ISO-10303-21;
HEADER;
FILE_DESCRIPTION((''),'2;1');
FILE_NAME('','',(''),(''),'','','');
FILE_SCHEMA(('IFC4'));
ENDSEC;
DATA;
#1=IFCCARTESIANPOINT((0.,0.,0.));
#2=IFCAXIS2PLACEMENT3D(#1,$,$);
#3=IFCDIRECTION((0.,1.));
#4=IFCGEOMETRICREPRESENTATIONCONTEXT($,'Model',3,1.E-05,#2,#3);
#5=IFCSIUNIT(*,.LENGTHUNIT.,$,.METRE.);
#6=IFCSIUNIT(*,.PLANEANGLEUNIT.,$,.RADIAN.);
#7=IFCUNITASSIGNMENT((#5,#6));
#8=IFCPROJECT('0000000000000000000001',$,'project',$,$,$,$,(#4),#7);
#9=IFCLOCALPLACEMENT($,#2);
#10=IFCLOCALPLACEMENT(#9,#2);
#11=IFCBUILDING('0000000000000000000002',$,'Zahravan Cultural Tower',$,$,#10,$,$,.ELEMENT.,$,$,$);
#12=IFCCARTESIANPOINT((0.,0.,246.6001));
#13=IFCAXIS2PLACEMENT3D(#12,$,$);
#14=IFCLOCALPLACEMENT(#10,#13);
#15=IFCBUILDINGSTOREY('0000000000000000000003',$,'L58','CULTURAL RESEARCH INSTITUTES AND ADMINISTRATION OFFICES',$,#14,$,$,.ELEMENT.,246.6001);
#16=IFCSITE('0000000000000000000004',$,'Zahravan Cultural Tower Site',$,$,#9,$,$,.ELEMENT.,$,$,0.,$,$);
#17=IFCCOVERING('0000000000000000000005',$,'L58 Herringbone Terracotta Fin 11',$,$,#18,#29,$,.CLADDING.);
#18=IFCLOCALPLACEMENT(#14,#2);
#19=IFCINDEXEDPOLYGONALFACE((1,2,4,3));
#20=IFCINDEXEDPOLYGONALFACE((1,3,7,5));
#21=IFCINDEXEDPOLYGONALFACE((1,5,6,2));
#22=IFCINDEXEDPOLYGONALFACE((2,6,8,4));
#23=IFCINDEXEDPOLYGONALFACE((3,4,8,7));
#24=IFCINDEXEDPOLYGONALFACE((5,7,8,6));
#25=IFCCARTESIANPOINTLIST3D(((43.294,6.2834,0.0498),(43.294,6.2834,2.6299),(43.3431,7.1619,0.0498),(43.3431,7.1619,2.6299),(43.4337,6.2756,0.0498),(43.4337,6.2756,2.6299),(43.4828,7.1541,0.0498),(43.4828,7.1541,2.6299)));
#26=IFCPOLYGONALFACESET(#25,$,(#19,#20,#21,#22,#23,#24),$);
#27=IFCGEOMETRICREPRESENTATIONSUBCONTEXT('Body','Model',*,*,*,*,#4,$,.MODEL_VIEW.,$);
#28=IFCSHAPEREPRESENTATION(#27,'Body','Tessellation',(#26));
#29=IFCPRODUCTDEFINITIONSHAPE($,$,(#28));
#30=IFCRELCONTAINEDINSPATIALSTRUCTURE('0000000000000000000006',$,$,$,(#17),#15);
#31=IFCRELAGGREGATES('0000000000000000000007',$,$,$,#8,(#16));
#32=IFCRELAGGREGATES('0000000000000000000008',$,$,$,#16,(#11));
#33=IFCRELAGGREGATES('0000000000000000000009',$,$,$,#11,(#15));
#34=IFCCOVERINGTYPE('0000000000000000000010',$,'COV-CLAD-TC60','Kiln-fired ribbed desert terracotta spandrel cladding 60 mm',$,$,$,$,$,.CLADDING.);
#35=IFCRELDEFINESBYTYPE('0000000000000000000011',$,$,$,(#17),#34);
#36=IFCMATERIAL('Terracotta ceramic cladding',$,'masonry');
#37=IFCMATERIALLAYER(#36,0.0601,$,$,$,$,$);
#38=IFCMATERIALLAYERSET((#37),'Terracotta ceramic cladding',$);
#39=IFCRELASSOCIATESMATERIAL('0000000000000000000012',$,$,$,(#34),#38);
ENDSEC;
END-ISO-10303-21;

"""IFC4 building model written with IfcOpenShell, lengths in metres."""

from ifc_helpers import new_model, si_unit, direction, frame, origin, origin_2d, place, context, subcontext, project, spatial, rectangle, extrude, source, transform, mapped, material, layer, layer_set, type_object, element, save


model = new_model("IFC4")

# Units and contexts
model_context = context("Model", 3, precision=1e-05, world=origin(), true_north=direction((0.0, 1.0)))
body_context = subcontext(model_context, "Body", "Model", "MODEL_VIEW")
ifc_project = project(units=[si_unit("LENGTHUNIT", "METRE"), si_unit("PLANEANGLEUNIT", "RADIAN")], contexts=[model_context])

# Site, building, storey
site_placement = place(None, origin())
site = spatial("IfcSite", under=ifc_project, at=site_placement, Name="Zahravan Cultural Tower Site", CompositionType="ELEMENT", RefElevation=0.0)
building_placement = place(site_placement, origin())
building = spatial("IfcBuilding", under=site, at=building_placement, Name="Zahravan Cultural Tower", CompositionType="ELEMENT")
storey_placement = place(building_placement, frame((0.0, 0.0, 246.6001)))
storey = spatial("IfcBuildingStorey", under=building, at=storey_placement, Name="L58", Description="CULTURAL RESEARCH INSTITUTES AND ADMINISTRATION OFFICES", CompositionType="ELEMENT", Elevation=246.6001)

# Covering
ifc_material_1 = material(Name="Terracotta ceramic cladding", Category="masonry")
ifc_layer_1 = layer(ifc_material_1, 0.0601)
ifc_layer_set_1 = layer_set([ifc_layer_1], Name="Terracotta ceramic cladding")
covering_type = type_object("IfcCoveringType", Name="COV-CLAD-TC60", Description="Kiln-fired ribbed desert terracotta spandrel cladding 60 mm", PredefinedType="CLADDING", material=ifc_layer_set_1)
shared_shape_1 = source(origin(), body_context, "Body", "SweptSolid", [
    extrude(rectangle(XDim=0.8799, YDim=0.1399, at=origin_2d()), origin(), (0.0, 0.0, 1.0), 2.5801),
])
for number, where, z_axis, x_axis, name in (
    (1, (43.3884, 6.7188, 0.0498), (0.0, 0.0, 1.0), (-0.055822, -0.998441, 0.0), "L58 Herringbone Terracotta Fin 11"),
):
    element("IfcCovering", number, at=place(storey_placement, frame(where, z_axis=z_axis, x_axis=x_axis)), inside=storey, type_object=covering_type, Name=name, PredefinedType="CLADDING", context=body_context, shape_type="MappedRepresentation", body=[
        mapped(shared_shape_1, transform((0.0, 0.0, 0.0), x_axis=(1.0, 0.0, 0.0), y_axis=(0.0, 1.0, 0.0), z_axis=(0.0, 0.0, 1.0), scale=1.0)),
    ])

save(model, "model.ifc")
